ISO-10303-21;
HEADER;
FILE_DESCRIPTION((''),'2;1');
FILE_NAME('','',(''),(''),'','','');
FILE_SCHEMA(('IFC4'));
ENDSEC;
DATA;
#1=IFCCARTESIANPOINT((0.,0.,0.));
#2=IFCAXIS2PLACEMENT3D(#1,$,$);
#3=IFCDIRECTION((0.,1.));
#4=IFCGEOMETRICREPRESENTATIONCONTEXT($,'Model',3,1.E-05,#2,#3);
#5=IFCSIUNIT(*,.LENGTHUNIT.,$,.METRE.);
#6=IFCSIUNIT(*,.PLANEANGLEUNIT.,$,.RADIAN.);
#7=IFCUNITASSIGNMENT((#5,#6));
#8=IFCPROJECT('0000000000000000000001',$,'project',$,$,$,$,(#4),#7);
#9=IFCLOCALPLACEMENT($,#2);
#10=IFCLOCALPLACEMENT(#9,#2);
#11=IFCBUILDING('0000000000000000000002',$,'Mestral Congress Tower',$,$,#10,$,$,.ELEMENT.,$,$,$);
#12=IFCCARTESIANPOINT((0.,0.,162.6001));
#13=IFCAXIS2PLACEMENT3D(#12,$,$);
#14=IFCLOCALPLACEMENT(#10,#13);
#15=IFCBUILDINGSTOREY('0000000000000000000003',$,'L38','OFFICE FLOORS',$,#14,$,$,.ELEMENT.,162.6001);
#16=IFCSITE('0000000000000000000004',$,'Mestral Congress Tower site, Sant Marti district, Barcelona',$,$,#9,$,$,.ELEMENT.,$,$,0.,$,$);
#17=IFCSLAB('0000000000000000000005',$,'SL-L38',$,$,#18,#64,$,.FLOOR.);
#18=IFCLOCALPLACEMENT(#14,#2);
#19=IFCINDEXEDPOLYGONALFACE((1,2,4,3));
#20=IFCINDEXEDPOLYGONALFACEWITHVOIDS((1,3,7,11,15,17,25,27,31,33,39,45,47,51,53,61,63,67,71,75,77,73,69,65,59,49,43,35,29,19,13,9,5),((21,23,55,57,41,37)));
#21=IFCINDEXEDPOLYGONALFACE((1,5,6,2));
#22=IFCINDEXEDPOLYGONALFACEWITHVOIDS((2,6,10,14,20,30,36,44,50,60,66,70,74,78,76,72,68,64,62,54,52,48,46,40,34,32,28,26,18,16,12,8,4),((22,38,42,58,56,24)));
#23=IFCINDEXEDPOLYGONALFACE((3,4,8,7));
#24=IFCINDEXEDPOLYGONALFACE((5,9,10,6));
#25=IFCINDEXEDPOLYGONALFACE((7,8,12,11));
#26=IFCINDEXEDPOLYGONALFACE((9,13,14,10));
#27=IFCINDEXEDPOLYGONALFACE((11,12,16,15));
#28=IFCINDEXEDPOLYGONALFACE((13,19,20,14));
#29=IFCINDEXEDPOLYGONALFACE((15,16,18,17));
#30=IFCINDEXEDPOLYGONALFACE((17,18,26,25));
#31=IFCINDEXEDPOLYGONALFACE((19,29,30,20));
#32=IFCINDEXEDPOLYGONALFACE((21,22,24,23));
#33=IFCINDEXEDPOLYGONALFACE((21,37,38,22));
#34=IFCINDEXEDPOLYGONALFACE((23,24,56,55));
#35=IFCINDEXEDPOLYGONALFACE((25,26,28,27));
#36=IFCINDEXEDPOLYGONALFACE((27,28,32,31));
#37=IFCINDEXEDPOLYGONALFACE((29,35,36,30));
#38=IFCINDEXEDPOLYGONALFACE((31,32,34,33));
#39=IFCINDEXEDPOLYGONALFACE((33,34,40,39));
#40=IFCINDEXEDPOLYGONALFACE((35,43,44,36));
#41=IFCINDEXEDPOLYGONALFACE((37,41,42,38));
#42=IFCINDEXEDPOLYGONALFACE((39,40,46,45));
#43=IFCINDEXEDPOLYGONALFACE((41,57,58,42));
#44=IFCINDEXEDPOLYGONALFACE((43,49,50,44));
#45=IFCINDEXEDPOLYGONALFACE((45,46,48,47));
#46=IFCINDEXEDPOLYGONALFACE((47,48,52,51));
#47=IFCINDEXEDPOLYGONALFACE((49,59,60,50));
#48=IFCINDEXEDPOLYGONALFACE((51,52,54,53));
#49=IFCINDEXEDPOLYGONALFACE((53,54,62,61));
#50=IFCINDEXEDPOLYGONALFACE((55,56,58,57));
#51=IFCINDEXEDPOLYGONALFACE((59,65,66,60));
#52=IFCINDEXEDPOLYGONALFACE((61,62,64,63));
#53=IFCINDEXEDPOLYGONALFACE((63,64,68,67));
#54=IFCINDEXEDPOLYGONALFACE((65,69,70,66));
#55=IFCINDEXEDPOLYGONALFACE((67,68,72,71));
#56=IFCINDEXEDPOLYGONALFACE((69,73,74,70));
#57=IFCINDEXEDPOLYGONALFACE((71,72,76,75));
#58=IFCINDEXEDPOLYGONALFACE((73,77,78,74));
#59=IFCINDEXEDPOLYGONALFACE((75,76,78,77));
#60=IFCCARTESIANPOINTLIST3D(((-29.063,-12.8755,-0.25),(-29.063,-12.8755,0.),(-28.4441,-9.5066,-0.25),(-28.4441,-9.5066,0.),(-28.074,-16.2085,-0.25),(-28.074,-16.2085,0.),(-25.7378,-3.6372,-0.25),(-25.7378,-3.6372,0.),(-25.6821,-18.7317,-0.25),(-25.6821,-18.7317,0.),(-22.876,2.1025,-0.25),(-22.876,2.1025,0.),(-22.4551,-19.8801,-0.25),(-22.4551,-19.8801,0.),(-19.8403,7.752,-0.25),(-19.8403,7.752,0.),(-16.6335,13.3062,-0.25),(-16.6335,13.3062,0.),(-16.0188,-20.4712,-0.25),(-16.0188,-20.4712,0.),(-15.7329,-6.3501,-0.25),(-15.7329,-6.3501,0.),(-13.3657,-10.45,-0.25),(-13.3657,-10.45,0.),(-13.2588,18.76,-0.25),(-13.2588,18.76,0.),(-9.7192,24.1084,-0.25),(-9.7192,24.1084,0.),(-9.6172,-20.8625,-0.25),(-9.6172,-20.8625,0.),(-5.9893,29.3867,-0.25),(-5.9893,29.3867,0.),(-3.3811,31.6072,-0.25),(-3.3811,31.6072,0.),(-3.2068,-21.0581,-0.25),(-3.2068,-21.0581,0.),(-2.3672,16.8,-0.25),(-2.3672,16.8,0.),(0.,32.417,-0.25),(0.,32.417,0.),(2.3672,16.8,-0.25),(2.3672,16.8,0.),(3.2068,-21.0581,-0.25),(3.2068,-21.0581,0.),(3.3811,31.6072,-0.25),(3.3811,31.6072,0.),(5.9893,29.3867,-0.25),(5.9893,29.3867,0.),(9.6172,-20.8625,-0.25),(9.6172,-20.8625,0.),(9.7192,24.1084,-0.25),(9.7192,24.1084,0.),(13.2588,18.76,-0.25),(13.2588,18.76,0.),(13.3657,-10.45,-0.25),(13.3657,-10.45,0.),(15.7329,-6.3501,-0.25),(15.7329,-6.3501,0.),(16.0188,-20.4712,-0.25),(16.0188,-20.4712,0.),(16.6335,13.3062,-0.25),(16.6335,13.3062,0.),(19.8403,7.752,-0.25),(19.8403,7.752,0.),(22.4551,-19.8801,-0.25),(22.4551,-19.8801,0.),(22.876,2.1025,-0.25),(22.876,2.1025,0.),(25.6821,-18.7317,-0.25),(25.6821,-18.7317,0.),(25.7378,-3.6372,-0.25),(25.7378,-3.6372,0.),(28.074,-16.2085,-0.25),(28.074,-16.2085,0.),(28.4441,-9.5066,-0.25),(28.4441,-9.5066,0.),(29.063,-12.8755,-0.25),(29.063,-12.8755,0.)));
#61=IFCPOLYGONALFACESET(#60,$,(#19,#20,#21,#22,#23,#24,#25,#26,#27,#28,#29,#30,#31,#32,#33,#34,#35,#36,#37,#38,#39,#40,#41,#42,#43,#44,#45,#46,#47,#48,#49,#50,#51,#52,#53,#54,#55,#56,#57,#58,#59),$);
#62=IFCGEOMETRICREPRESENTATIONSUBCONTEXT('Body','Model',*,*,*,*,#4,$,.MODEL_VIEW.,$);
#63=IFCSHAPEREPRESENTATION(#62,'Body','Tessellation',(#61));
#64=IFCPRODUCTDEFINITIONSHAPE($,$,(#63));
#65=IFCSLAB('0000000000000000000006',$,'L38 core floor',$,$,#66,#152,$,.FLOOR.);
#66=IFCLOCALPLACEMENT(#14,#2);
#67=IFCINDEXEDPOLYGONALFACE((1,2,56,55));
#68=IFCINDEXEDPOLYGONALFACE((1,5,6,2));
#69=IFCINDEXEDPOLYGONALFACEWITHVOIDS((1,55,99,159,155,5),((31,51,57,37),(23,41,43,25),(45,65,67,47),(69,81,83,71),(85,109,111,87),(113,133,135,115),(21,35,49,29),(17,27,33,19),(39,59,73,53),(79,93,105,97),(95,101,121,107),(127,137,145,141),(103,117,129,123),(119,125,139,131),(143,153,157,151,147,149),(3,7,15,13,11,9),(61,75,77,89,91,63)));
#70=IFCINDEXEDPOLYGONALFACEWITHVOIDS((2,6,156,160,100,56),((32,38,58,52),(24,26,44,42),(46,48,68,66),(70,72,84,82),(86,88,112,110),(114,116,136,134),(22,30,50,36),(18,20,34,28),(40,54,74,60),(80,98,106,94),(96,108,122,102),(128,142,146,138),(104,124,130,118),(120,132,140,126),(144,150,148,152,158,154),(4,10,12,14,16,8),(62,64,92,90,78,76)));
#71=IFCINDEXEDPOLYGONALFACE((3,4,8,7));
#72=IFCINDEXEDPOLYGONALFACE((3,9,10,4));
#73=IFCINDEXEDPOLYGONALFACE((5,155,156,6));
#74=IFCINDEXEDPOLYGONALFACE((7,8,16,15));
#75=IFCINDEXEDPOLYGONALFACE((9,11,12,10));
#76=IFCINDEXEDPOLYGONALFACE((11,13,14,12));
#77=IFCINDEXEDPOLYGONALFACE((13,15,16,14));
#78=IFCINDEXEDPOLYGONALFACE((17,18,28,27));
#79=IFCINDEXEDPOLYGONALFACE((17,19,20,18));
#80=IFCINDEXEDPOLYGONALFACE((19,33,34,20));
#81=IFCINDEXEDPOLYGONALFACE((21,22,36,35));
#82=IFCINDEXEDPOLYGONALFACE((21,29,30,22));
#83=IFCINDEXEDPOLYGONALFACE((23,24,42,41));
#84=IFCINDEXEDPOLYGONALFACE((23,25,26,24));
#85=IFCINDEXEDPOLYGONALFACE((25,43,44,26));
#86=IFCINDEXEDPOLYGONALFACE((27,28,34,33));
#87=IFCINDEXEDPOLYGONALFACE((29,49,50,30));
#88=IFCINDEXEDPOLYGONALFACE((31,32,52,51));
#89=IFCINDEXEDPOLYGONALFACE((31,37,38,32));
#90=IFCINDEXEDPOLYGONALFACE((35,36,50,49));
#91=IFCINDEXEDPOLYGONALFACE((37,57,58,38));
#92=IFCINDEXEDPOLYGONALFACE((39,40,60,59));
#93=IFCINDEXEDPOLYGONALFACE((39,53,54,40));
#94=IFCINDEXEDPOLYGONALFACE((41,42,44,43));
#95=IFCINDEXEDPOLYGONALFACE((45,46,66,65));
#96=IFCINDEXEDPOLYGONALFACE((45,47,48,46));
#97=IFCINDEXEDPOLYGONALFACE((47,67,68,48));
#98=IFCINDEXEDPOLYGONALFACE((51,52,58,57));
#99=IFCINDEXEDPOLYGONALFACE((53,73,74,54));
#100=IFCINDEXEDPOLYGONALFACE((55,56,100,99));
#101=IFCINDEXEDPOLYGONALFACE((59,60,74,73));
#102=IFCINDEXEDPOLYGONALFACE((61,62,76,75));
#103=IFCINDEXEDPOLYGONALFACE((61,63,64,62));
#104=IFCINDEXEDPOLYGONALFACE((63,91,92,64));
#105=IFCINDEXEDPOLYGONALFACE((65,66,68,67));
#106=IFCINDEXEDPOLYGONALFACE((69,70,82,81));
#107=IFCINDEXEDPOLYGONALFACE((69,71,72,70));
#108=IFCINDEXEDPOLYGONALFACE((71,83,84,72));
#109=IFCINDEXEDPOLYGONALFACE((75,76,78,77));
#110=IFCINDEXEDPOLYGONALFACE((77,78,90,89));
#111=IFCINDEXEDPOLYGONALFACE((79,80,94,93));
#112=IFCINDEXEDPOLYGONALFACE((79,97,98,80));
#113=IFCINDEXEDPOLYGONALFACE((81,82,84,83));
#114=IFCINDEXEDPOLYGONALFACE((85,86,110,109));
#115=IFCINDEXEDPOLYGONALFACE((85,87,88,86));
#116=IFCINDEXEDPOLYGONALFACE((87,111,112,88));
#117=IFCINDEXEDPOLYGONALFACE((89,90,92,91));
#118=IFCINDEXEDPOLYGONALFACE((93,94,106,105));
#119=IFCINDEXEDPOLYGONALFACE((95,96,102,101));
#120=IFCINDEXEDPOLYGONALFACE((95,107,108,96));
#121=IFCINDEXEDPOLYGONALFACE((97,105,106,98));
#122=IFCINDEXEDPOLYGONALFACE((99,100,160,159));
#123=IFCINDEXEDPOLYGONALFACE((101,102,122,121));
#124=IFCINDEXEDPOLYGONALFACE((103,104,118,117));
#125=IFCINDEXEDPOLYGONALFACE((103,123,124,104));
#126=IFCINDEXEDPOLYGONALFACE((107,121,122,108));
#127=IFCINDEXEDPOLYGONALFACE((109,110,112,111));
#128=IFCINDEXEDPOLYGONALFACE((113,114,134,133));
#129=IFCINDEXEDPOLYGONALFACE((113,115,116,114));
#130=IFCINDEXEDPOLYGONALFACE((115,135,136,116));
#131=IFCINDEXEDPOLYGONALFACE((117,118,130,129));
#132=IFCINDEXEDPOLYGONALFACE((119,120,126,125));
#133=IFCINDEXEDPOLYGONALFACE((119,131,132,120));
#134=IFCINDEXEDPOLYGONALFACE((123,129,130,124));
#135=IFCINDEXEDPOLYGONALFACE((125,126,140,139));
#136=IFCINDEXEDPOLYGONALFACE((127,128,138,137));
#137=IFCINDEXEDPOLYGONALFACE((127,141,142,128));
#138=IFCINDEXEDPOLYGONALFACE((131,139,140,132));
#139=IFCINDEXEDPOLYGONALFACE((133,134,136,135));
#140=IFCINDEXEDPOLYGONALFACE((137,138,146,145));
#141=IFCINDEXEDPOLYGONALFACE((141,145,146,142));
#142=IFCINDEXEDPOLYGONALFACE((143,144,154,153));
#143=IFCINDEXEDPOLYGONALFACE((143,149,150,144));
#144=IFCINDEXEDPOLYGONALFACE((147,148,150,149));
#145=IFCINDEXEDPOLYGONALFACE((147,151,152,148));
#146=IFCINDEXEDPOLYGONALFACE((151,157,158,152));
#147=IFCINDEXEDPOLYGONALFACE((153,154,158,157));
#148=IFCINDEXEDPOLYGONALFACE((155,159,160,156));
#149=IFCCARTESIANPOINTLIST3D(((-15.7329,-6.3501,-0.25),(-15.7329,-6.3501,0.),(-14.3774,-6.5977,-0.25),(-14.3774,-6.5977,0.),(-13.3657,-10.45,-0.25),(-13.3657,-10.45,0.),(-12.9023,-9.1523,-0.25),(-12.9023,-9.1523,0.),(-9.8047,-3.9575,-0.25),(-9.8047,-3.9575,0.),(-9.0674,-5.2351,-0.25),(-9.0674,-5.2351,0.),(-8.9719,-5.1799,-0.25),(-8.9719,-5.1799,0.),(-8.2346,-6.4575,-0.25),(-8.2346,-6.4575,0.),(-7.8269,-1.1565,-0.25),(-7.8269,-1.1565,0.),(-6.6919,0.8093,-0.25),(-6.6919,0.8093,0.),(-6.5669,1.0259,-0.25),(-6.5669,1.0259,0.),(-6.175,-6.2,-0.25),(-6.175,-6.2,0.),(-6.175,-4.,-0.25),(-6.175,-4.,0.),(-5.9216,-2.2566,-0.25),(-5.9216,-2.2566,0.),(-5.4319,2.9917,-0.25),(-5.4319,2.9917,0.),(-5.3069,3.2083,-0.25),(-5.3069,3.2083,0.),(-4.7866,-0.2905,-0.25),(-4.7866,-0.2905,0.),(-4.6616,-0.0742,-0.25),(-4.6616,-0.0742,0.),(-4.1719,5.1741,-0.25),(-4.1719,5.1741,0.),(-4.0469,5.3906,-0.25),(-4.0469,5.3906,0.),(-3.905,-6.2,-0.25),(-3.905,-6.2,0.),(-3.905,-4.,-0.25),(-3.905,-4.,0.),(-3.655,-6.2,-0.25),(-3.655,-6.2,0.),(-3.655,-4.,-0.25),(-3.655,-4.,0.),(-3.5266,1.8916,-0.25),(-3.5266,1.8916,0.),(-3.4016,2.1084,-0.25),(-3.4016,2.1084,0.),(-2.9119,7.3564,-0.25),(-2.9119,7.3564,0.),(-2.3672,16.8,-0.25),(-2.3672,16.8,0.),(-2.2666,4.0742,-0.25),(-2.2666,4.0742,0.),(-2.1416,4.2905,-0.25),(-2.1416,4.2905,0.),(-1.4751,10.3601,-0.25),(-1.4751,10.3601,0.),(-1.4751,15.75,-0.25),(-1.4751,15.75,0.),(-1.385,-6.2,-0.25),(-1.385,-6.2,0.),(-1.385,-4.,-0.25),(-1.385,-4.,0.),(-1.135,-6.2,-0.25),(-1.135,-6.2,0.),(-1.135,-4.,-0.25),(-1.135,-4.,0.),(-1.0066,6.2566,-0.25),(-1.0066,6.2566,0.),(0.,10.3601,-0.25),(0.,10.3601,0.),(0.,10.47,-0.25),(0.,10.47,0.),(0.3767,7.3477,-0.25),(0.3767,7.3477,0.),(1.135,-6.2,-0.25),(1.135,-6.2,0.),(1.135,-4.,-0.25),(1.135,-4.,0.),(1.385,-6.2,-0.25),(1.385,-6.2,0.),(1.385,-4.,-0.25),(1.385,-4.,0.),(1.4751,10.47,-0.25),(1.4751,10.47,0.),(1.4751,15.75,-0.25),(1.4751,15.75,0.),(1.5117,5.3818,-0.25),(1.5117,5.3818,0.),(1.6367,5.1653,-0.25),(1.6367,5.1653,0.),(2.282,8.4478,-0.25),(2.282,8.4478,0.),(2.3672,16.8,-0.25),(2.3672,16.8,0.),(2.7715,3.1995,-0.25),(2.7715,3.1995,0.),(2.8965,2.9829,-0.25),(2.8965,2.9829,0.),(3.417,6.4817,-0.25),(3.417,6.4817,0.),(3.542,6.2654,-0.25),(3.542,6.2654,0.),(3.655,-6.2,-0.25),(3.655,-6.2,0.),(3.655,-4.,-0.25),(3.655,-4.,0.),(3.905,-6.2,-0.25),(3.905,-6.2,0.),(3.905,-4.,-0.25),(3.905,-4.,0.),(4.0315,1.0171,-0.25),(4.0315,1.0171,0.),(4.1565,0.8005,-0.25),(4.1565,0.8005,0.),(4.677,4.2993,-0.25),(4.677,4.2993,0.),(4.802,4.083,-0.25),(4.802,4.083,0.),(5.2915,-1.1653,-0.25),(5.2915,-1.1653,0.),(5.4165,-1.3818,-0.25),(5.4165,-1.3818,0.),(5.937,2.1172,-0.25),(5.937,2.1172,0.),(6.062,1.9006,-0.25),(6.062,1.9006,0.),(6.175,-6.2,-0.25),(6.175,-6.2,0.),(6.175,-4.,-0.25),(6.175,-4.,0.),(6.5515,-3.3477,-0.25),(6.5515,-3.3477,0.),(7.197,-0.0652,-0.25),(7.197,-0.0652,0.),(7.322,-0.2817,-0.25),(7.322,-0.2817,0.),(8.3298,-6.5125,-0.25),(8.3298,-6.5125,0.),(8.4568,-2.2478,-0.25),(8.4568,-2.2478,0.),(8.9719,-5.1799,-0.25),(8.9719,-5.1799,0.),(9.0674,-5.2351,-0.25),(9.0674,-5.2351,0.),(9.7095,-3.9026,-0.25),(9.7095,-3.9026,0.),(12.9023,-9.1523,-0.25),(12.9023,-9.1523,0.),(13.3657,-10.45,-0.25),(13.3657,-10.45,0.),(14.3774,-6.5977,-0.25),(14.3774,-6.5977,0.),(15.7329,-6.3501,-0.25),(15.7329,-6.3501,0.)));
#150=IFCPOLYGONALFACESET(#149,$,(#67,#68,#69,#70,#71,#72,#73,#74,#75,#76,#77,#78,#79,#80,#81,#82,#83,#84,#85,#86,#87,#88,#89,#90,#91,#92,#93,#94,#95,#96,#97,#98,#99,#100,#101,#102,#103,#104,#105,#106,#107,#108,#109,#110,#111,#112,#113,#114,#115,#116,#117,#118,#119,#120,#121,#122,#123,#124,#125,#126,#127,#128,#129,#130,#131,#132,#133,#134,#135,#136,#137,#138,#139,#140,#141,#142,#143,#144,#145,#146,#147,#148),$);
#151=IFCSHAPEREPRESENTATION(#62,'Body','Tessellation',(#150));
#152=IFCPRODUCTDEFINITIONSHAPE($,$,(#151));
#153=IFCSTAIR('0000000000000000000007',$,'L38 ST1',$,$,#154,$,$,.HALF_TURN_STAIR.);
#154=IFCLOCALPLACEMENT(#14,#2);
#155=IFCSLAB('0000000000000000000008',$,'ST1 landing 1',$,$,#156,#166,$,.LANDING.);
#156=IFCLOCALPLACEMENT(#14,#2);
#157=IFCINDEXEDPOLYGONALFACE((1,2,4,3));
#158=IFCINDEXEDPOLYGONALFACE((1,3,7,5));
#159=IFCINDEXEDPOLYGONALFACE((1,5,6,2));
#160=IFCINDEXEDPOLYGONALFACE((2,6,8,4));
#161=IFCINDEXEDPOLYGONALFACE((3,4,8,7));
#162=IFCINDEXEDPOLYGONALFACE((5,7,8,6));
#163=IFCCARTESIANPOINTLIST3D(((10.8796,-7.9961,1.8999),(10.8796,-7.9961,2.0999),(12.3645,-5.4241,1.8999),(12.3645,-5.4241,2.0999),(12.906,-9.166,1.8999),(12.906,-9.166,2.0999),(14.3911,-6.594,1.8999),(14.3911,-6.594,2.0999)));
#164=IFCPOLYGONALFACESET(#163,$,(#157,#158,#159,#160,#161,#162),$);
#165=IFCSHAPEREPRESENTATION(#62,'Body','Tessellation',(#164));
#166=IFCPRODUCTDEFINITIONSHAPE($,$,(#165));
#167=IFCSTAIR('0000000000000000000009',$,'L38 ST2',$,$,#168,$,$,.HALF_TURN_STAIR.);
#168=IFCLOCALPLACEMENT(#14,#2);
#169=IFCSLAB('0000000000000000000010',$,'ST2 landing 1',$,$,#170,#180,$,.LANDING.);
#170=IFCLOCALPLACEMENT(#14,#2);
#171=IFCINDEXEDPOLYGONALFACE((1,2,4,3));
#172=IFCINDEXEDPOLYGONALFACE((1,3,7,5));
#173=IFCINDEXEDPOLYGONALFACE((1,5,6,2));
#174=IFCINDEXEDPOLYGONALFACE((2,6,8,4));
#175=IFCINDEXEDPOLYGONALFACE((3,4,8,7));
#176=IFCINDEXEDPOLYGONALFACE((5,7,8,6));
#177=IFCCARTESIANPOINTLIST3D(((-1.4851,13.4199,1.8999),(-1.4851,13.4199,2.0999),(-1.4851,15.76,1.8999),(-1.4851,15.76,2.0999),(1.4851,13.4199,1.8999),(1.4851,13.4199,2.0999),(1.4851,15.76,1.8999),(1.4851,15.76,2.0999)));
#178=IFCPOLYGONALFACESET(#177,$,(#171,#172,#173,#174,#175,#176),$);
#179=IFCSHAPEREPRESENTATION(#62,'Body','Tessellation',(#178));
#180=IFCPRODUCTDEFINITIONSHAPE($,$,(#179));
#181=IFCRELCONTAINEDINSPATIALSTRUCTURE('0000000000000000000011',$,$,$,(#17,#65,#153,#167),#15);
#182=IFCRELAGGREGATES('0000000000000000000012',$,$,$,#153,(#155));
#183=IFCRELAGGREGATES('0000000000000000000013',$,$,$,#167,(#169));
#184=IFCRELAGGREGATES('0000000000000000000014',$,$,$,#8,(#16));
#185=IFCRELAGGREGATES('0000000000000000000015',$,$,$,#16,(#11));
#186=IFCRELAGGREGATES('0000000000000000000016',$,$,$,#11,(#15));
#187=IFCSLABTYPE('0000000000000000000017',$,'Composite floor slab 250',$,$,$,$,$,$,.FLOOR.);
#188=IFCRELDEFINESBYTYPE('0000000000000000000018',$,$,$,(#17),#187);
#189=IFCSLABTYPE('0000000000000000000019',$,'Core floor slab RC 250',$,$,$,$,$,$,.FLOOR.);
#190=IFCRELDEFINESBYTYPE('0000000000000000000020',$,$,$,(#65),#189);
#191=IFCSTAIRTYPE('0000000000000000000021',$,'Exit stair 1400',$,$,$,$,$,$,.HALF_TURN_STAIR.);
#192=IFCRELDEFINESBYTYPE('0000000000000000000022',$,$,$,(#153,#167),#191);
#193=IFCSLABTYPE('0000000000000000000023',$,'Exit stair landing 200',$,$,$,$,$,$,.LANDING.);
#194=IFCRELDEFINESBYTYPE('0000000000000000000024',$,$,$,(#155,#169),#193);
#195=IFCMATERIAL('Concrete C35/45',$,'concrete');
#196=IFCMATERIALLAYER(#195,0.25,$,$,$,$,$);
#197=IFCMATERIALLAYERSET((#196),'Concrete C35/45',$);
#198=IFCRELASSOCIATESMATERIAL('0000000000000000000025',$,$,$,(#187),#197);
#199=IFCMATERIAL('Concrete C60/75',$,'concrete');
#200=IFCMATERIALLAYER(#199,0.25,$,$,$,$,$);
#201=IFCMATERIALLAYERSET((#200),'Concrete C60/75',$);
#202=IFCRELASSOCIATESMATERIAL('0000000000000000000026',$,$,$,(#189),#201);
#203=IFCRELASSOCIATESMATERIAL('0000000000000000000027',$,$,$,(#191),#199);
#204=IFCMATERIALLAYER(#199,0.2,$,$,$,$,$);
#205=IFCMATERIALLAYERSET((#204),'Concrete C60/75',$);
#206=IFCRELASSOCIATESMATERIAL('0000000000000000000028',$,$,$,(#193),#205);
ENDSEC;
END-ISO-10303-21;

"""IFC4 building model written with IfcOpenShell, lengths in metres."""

from ifc_helpers import new_model, si_unit, direction, frame, origin, place, context, subcontext, project, spatial, polyline, outline, extrude, material, layer, layer_set, type_object, element, aggregate, save


model = new_model("IFC4")

# Units and contexts
model_context = context("Model", 3, precision=1e-05, world=origin(), true_north=direction((0.0, 1.0)))
body_context = subcontext(model_context, "Body", "Model", "MODEL_VIEW")
ifc_project = project(units=[si_unit("LENGTHUNIT", "METRE"), si_unit("PLANEANGLEUNIT", "RADIAN")], contexts=[model_context])

# Site, building, storey
site_placement = place(None, origin())
site = spatial("IfcSite", under=ifc_project, at=site_placement, Name="Mestral Congress Tower site, Sant Marti district, Barcelona", CompositionType="ELEMENT", RefElevation=0.0)
building_placement = place(site_placement, origin())
building = spatial("IfcBuilding", under=site, at=building_placement, Name="Mestral Congress Tower", CompositionType="ELEMENT")
storey_placement = place(building_placement, frame((0.0, 0.0, 162.6001)))
storey = spatial("IfcBuildingStorey", under=building, at=storey_placement, Name="L38", Description="OFFICE FLOORS", CompositionType="ELEMENT", Elevation=162.6001)

# Slabs
ifc_material_1 = material(Name="Concrete C35/45", Category="concrete")
ifc_layer_1 = layer(ifc_material_1, 0.25)
ifc_layer_set_1 = layer_set([ifc_layer_1], Name="Concrete C35/45")
slab_type_1 = type_object("IfcSlabType", Name="Composite floor slab 250", PredefinedType="FLOOR", material=ifc_layer_set_1)
placement_1 = place(storey_placement, frame((0.0, 0.0, -0.25)))
element("IfcSlab", 1, at=placement_1, inside=storey, type_object=slab_type_1, Name="SL-L38", PredefinedType="FLOOR", context=body_context, shape_type="SweptSolid", body=[
    extrude(outline(polyline([(-22.4551, -19.8801), (-25.6821, -18.7317), (-28.074, -16.2085), (-29.063, -12.8755), (-28.4441, -9.5066), (-25.7378, -3.6372), (-22.876, 2.1025), (-19.8403, 7.752), (-16.6335, 13.3062), (-13.2588, 18.76), (-9.7192, 24.1084), (-5.9893, 29.3867), (-3.3811, 31.6072), (0.0, 32.417), (3.3811, 31.6072), (5.9893, 29.3867), (9.7192, 24.1084), (13.2588, 18.76), (16.6335, 13.3062), (19.8403, 7.752), (22.876, 2.1025), (25.7378, -3.6372), (28.4441, -9.5066), (29.063, -12.8755), (28.074, -16.2085), (25.6821, -18.7317), (22.4551, -19.8801), (16.0188, -20.4712), (9.6172, -20.8625), (3.2068, -21.0581), (-3.2068, -21.0581), (-9.6172, -20.8625), (-16.0188, -20.4712), (-22.4551, -19.8801)]), holes=[polyline([(-2.3672, 16.8), (-15.7329, -6.3501), (-13.3657, -10.45), (13.3657, -10.45), (15.7329, -6.3501), (2.3672, 16.8), (-2.3672, 16.8)])]), origin(), (0.0, 0.0, 1.0), 0.25),
])
ifc_material_2 = material(Name="Concrete C60/75", Category="concrete")
ifc_layer_2 = layer(ifc_material_2, 0.25)
ifc_layer_set_2 = layer_set([ifc_layer_2], Name="Concrete C60/75")
slab_type_2 = type_object("IfcSlabType", Name="Core floor slab RC 250", PredefinedType="FLOOR", material=ifc_layer_set_2)
element("IfcSlab", 2, at=placement_1, inside=storey, type_object=slab_type_2, Name="L38 core floor", PredefinedType="FLOOR", context=body_context, shape_type="SweptSolid", body=[
    extrude(outline(polyline([(13.3657, -10.45), (-13.3657, -10.45), (-15.7329, -6.3501), (-2.3672, 16.8), (2.3672, 16.8), (15.7329, -6.3501), (13.3657, -10.45)]), holes=[polyline([(-9.8047, -3.9575), (-14.3774, -6.5977), (-12.9023, -9.1523), (-8.2346, -6.4575), (-8.9719, -5.1799), (-9.0674, -5.2351), (-9.8047, -3.9575)]), polyline([(-3.905, -4.0), (-6.175, -4.0), (-6.175, -6.2), (-3.905, -6.2), (-3.905, -4.0)]), polyline([(-1.385, -4.0), (-3.655, -4.0), (-3.655, -6.2), (-1.385, -6.2), (-1.385, -4.0)]), polyline([(1.135, -4.0), (-1.135, -4.0), (-1.135, -6.2), (1.135, -6.2), (1.135, -4.0)]), polyline([(-5.9216, -2.2566), (-4.7866, -0.2905), (-6.6919, 0.8093), (-7.8269, -1.1565), (-5.9216, -2.2566)]), polyline([(-4.6616, -0.0742), (-3.5266, 1.8916), (-5.4319, 2.9917), (-6.5669, 1.0259), (-4.6616, -0.0742)]), polyline([(-3.4016, 2.1084), (-2.2666, 4.0742), (-4.1719, 5.1741), (-5.3069, 3.2083), (-3.4016, 2.1084)]), polyline([(-2.1416, 4.2905), (-1.0066, 6.2566), (-2.9119, 7.3564), (-4.0469, 5.3906), (-2.1416, 4.2905)]), polyline([(1.4751, 10.47), (1.4751, 15.75), (-1.4751, 15.75), (-1.4751, 10.3601), (0.0, 10.3601), (0.0, 10.47), (1.4751, 10.47)]), polyline([(8.3298, -6.5125), (12.9023, -9.1523), (14.3774, -6.5977), (9.7095, -3.9026), (8.9719, -5.1799), (9.0674, -5.2351), (8.3298, -6.5125)]), polyline([(3.655, -4.0), (1.385, -4.0), (1.385, -6.2), (3.655, -6.2), (3.655, -4.0)]), polyline([(6.175, -4.0), (3.905, -4.0), (3.905, -6.2), (6.175, -6.2), (6.175, -4.0)]), polyline([(5.4165, -1.3818), (6.5515, -3.3477), (8.4568, -2.2478), (7.322, -0.2817), (5.4165, -1.3818)]), polyline([(4.1565, 0.8005), (5.2915, -1.1653), (7.197, -0.0652), (6.062, 1.9006), (4.1565, 0.8005)]), polyline([(2.8965, 2.9829), (4.0315, 1.0171), (5.937, 2.1172), (4.802, 4.083), (2.8965, 2.9829)]), polyline([(3.542, 6.2654), (1.6367, 5.1653), (2.7715, 3.1995), (4.677, 4.2993), (3.542, 6.2654)]), polyline([(2.282, 8.4478), (0.3767, 7.3477), (1.5117, 5.3818), (3.417, 6.4817), (2.282, 8.4478)])]), origin(), (0.0, 0.0, 1.0), 0.25),
])

# Stairs, slabs
stair_type = type_object("IfcStairType", Name="Exit stair 1400", PredefinedType="HALF_TURN_STAIR", material=ifc_material_2)
placement_2 = place(storey_placement, origin())
stair_1 = element("IfcStair", 3, at=placement_2, inside=storey, type_object=stair_type, Name="L38 ST1", PredefinedType="HALF_TURN_STAIR")
ifc_layer_3 = layer(ifc_material_2, 0.2)
ifc_layer_set_3 = layer_set([ifc_layer_3], Name="Concrete C60/75")
slab_type_3 = type_object("IfcSlabType", Name="Exit stair landing 200", PredefinedType="LANDING", material=ifc_layer_set_3)
placement_3 = place(storey_placement, frame((0.0, 0.0, 1.8999)))
slab_1 = element("IfcSlab", 4, at=placement_3, type_object=slab_type_3, Name="ST1 landing 1", PredefinedType="LANDING", context=body_context, shape_type="SweptSolid", body=[
    extrude(outline(polyline([(10.8796, -7.9961), (12.3645, -5.4241), (14.3911, -6.594), (12.906, -9.166), (10.8796, -7.9961)])), origin(), (0.0, 0.0, 1.0), 0.2),
])
aggregate(stair_1, [slab_1])
stair_2 = element("IfcStair", 5, at=placement_2, inside=storey, type_object=stair_type, Name="L38 ST2", PredefinedType="HALF_TURN_STAIR")
slab_2 = element("IfcSlab", 6, at=placement_3, type_object=slab_type_3, Name="ST2 landing 1", PredefinedType="LANDING", context=body_context, shape_type="SweptSolid", body=[
    extrude(outline(polyline([(1.4851, 13.4199), (-1.4851, 13.4199), (-1.4851, 15.76), (1.4851, 15.76), (1.4851, 13.4199)])), origin(), (0.0, 0.0, 1.0), 0.2),
])
aggregate(stair_2, [slab_2])

save(model, "model.ifc")
